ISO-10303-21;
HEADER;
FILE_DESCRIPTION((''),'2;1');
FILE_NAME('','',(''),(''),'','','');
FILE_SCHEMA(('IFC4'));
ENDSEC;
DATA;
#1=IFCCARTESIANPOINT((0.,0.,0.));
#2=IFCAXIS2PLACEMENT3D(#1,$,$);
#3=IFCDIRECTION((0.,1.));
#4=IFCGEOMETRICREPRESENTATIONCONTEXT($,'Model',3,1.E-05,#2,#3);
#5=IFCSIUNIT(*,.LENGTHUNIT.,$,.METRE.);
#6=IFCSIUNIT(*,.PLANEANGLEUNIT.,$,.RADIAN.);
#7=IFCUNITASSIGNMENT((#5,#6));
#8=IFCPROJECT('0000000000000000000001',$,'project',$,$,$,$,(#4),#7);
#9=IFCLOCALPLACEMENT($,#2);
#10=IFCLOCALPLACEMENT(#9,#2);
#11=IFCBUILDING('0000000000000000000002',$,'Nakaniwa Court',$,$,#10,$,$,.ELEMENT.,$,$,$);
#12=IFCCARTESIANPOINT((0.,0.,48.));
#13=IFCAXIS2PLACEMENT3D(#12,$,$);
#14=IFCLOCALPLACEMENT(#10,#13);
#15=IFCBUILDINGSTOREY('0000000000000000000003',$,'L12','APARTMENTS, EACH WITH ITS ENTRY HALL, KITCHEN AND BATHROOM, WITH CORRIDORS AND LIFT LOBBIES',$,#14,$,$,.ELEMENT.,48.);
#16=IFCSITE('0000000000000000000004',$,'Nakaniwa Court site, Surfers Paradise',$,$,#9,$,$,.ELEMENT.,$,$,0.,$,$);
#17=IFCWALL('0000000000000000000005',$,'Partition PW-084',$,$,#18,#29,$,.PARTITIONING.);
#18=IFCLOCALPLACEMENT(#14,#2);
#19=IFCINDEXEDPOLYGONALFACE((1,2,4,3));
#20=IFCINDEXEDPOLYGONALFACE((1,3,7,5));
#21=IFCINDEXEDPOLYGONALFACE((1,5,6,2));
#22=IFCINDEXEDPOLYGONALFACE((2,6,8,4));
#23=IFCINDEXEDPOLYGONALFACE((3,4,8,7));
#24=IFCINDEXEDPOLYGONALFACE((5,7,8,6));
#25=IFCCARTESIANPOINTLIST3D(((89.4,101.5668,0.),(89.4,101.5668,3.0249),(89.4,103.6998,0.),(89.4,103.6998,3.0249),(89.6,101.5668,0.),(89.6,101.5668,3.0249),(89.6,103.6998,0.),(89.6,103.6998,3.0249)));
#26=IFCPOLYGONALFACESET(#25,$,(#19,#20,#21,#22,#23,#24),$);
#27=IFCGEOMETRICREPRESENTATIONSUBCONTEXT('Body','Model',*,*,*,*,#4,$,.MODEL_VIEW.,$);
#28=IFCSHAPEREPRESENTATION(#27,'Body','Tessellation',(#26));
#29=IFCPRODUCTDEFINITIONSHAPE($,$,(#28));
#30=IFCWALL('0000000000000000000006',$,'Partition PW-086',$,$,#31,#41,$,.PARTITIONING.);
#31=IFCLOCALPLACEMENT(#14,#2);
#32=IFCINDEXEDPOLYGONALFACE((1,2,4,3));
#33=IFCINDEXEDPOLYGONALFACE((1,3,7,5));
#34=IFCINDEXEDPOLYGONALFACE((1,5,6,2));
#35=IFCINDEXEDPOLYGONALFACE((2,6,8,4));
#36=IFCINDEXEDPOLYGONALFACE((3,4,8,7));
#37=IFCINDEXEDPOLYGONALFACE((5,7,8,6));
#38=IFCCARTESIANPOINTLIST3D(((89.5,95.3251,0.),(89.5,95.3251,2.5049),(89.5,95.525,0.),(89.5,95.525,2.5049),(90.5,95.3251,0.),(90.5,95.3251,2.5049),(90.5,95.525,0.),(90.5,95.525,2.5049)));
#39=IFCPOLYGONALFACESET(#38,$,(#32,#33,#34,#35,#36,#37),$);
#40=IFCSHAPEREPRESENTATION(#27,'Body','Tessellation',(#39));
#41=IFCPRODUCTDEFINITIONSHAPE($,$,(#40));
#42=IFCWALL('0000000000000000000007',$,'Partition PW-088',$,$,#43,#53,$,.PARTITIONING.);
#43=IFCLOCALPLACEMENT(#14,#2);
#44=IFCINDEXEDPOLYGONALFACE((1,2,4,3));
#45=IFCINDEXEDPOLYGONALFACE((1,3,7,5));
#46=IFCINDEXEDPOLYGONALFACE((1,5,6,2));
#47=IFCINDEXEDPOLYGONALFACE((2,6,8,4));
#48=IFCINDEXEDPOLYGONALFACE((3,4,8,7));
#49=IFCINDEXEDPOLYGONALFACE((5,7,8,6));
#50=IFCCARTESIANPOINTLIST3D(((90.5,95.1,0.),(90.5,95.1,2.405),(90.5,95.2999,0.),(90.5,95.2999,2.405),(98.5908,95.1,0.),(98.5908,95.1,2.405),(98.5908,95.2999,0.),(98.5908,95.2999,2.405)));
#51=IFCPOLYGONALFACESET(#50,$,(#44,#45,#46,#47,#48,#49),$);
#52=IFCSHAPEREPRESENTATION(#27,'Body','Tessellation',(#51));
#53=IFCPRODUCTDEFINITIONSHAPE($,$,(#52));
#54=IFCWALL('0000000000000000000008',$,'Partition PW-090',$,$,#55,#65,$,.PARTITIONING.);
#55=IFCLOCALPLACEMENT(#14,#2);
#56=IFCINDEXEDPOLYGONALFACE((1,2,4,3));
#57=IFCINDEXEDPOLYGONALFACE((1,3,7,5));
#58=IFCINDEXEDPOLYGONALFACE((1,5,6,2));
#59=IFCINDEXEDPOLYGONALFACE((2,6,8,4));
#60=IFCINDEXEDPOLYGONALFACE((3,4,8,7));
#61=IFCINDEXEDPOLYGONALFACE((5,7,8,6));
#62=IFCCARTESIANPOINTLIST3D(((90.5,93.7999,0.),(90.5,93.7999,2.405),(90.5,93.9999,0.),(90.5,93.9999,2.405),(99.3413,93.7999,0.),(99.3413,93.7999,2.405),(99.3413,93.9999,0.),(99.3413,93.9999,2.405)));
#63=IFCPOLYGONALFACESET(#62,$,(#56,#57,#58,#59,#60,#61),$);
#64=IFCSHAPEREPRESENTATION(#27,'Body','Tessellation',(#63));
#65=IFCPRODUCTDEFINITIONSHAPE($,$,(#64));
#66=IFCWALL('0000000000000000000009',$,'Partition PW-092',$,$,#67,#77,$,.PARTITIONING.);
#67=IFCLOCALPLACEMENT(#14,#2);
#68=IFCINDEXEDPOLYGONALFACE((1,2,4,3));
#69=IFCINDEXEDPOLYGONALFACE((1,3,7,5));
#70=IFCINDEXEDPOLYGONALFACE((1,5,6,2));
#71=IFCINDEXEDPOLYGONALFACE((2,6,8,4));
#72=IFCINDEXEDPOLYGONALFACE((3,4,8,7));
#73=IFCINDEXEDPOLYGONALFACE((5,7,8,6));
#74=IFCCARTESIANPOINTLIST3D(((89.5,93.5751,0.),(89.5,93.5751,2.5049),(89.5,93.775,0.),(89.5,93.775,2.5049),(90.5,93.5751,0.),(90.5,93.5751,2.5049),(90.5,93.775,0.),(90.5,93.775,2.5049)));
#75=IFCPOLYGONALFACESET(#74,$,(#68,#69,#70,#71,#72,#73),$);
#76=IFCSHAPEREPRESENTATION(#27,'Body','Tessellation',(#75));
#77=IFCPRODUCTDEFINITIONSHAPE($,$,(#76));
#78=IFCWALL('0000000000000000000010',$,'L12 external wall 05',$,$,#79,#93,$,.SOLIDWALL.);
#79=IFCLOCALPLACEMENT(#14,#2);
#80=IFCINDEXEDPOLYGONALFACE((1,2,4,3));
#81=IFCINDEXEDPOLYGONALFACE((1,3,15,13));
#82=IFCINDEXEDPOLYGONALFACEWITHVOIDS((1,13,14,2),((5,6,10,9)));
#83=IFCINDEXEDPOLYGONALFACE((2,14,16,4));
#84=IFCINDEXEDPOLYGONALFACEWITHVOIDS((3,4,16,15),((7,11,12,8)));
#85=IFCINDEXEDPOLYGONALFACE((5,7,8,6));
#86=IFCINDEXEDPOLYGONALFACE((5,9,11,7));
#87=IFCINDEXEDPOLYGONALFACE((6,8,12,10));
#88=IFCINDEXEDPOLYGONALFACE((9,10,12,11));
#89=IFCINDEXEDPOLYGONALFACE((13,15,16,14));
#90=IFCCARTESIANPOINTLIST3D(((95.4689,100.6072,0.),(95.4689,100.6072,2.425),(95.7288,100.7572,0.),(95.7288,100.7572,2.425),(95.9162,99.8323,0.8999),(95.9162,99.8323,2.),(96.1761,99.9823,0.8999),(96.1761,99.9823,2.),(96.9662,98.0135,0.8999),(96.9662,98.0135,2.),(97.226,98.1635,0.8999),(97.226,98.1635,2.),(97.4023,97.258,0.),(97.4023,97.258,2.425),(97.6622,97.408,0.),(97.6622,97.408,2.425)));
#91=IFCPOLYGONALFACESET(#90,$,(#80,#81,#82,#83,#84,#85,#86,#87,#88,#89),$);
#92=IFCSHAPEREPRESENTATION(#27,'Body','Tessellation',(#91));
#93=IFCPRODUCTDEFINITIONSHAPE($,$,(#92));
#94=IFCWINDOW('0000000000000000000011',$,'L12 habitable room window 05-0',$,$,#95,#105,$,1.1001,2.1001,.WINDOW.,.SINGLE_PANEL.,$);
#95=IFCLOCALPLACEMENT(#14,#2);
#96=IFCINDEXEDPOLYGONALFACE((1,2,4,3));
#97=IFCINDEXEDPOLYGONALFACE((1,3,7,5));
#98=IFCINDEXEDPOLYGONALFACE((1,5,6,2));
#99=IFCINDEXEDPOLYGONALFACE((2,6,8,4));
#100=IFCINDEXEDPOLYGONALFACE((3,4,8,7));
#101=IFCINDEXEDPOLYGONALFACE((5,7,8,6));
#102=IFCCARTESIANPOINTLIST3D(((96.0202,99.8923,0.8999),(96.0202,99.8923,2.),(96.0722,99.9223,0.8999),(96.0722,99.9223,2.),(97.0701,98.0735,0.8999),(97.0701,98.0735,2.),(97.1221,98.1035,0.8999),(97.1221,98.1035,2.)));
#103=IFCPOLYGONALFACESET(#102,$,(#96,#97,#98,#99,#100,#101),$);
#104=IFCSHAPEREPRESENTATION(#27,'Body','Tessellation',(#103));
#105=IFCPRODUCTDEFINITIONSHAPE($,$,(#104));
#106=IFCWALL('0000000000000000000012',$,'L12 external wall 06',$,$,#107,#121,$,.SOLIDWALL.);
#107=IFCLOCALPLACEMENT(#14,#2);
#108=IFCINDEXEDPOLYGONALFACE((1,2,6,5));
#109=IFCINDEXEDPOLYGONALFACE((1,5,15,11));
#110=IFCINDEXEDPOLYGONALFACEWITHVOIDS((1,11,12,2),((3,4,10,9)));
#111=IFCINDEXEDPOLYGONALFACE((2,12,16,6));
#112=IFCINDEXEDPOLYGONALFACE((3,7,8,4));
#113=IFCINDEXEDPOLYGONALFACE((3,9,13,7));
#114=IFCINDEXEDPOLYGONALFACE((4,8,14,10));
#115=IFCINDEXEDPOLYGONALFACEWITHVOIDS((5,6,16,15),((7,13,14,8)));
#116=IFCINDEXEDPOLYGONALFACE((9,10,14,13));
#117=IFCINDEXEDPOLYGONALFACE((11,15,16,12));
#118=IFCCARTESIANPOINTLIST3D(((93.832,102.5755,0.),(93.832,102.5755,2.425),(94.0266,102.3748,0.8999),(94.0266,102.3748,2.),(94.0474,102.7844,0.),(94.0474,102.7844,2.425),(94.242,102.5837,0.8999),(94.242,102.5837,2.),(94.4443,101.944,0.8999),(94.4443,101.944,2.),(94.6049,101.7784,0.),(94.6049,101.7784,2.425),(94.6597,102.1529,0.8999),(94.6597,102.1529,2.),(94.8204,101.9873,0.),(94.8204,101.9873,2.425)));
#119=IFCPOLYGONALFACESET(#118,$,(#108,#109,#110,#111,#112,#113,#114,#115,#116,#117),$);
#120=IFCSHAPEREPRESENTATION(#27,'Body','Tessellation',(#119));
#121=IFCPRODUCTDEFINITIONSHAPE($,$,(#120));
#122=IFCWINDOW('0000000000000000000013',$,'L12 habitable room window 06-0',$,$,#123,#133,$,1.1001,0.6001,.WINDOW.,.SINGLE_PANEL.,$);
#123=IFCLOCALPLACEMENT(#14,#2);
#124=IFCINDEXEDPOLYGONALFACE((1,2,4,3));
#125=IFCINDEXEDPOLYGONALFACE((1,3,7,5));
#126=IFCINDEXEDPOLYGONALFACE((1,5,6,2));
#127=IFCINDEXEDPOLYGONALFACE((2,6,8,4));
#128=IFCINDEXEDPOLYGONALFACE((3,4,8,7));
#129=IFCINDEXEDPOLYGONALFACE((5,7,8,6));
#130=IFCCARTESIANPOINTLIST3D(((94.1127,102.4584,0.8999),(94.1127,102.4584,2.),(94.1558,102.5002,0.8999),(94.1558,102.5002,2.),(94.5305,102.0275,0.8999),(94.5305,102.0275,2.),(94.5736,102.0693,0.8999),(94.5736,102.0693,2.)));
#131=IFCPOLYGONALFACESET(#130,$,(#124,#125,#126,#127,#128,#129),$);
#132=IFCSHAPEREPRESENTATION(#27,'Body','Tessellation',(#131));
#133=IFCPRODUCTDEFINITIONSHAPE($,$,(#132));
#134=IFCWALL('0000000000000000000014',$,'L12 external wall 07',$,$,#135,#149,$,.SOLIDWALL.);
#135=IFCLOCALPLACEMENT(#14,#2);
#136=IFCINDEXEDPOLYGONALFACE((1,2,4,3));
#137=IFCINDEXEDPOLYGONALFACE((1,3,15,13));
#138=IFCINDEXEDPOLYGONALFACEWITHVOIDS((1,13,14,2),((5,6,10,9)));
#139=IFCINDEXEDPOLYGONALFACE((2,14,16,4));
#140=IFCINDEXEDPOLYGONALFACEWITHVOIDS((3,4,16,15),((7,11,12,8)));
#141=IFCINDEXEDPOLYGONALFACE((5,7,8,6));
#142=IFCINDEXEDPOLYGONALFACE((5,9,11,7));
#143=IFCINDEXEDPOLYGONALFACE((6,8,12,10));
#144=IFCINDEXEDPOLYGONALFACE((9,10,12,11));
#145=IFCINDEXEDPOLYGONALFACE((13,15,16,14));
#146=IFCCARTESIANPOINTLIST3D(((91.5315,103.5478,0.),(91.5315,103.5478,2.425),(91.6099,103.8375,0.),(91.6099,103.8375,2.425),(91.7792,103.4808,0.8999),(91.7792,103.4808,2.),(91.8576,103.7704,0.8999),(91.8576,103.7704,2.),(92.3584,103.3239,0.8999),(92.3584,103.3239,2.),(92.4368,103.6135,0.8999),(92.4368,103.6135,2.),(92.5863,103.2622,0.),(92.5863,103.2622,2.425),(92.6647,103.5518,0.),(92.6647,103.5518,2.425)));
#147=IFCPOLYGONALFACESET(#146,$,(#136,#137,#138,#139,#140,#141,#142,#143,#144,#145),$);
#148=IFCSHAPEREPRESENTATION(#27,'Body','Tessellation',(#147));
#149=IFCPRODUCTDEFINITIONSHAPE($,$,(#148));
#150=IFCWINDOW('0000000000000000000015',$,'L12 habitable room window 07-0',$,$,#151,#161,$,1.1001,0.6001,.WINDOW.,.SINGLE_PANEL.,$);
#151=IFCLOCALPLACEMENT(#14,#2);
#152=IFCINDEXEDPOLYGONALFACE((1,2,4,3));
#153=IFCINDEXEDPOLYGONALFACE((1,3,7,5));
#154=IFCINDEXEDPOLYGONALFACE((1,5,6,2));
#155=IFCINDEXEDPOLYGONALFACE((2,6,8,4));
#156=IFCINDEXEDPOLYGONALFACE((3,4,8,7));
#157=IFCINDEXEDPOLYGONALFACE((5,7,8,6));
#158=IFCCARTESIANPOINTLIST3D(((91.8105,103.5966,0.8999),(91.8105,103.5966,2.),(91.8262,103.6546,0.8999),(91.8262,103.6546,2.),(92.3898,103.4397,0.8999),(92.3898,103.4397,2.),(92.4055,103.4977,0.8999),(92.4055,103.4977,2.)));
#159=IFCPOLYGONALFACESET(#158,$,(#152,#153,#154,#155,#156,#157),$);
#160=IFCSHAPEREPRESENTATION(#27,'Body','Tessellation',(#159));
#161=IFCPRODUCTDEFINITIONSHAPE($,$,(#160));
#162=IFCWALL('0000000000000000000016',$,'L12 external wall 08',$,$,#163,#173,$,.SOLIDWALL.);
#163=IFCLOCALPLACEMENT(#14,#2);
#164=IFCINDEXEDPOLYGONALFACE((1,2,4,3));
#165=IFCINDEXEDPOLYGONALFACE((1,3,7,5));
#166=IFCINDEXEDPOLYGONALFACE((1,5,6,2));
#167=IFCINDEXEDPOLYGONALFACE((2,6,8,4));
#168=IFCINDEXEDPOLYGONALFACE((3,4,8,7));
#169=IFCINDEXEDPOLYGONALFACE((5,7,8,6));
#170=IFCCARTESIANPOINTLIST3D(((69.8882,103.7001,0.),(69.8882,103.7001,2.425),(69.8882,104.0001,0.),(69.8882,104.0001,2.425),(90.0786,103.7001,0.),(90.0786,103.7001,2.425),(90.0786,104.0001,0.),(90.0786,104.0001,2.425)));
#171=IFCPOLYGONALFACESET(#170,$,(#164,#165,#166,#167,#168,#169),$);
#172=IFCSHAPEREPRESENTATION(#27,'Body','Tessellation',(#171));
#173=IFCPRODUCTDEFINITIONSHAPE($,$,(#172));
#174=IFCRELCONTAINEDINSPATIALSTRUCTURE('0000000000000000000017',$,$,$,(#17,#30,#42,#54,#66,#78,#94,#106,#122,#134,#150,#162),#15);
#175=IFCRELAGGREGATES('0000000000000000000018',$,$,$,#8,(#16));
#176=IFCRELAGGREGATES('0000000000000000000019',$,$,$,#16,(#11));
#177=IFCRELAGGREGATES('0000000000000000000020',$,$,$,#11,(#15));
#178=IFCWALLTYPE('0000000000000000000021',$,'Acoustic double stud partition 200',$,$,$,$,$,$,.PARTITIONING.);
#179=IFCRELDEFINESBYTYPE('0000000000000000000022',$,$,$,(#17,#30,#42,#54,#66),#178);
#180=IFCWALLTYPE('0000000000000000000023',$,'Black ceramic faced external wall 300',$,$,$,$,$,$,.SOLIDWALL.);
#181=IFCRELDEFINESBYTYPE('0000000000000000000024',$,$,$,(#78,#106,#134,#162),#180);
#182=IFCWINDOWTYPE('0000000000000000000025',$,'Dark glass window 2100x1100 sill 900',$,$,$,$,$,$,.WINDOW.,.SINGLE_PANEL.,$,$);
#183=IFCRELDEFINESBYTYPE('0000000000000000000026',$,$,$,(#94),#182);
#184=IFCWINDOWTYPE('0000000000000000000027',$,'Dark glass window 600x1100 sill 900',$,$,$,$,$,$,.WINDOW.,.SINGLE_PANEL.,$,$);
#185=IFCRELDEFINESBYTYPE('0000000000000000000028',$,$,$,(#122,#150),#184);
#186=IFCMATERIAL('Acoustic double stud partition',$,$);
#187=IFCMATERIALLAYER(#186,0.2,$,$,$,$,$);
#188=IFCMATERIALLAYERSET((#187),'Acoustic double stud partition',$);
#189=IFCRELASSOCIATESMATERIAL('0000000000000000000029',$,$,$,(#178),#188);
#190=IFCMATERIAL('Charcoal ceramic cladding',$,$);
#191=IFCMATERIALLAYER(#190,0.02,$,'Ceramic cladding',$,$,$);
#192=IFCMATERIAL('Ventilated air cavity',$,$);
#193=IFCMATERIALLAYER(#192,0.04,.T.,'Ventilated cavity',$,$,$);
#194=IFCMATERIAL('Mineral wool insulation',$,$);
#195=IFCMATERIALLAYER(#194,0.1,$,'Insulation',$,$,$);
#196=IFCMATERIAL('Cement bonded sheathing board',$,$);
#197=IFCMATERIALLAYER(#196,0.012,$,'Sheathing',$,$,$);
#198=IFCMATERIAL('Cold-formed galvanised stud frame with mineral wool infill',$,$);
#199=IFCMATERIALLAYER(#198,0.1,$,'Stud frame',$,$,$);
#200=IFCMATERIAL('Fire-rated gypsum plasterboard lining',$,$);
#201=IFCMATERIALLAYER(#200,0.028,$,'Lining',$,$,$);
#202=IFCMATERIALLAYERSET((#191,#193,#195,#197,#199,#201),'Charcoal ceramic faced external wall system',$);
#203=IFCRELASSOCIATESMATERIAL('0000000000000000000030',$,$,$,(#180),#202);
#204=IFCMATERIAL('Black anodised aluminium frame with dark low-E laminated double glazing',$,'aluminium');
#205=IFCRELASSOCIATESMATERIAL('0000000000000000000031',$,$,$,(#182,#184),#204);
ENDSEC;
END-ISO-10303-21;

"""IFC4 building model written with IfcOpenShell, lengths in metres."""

from ifc_helpers import new_model, si_unit, direction, frame, frame_2d, origin, place, context, subcontext, project, spatial, rectangle, extrude, material, layer, layer_set, type_object, element, fill, save


model = new_model("IFC4")

# Units and contexts
model_context = context("Model", 3, precision=1e-05, world=origin(), true_north=direction((0.0, 1.0)))
body_context = subcontext(model_context, "Body", "Model", "MODEL_VIEW")
ifc_project = project(units=[si_unit("LENGTHUNIT", "METRE"), si_unit("PLANEANGLEUNIT", "RADIAN")], contexts=[model_context])

# Site, building, storey
site_placement = place(None, origin())
site = spatial("IfcSite", under=ifc_project, at=site_placement, Name="Nakaniwa Court site, Surfers Paradise", CompositionType="ELEMENT", RefElevation=0.0)
building_placement = place(site_placement, origin())
building = spatial("IfcBuilding", under=site, at=building_placement, Name="Nakaniwa Court", CompositionType="ELEMENT")
storey_placement = place(building_placement, frame((0.0, 0.0, 48.0)))
storey = spatial("IfcBuildingStorey", under=building, at=storey_placement, Name="L12", Description="APARTMENTS, EACH WITH ITS ENTRY HALL, KITCHEN AND BATHROOM, WITH CORRIDORS AND LIFT LOBBIES", CompositionType="ELEMENT", Elevation=48.0)

# Shared definitions
ifc_material_1 = material(Name="Acoustic double stud partition")
ifc_layer_1 = layer(ifc_material_1, 0.2)
ifc_layer_set_1 = layer_set([ifc_layer_1], Name="Acoustic double stud partition")
wall_type_1 = type_object("IfcWallType", Name="Acoustic double stud partition 200", PredefinedType="PARTITIONING", material=ifc_layer_set_1)

# Walls
wall_1_placement = place(storey_placement, frame((89.5, 101.5669, 0.0), z_axis=(0.0, 0.0, 1.0), x_axis=(0.0, 1.0, 0.0)))
element("IfcWall", 1, at=wall_1_placement, inside=storey, type_object=wall_type_1, Name="Partition PW-084", PredefinedType="PARTITIONING", context=body_context, shape_type="SweptSolid", body=[
    extrude(rectangle(XDim=2.1331, YDim=0.2, at=frame_2d((1.0664, 0.0))), origin(), (0.0, 0.0, 1.0), 3.0249),
])
wall_2_placement = place(storey_placement, frame((89.5, 95.425, 0.0), z_axis=(0.0, 0.0, 1.0), x_axis=(1.0, 0.0, 0.0)))
element("IfcWall", 2, at=wall_2_placement, inside=storey, type_object=wall_type_1, Name="Partition PW-086", PredefinedType="PARTITIONING", context=body_context, shape_type="SweptSolid", body=[
    extrude(rectangle(XDim=1.0, YDim=0.2, at=frame_2d((0.5, 0.0))), origin(), (0.0, 0.0, 1.0), 2.5049),
])
wall_3_placement = place(storey_placement, frame((90.5, 95.2, 0.0), z_axis=(0.0, 0.0, 1.0), x_axis=(1.0, 0.0, 0.0)))
element("IfcWall", 3, at=wall_3_placement, inside=storey, type_object=wall_type_1, Name="Partition PW-088", PredefinedType="PARTITIONING", context=body_context, shape_type="SweptSolid", body=[
    extrude(rectangle(XDim=8.0908, YDim=0.2, at=frame_2d((4.0454, 0.0))), origin(), (0.0, 0.0, 1.0), 2.405),
])
wall_4_placement = place(storey_placement, frame((90.5, 93.8999, 0.0), z_axis=(0.0, 0.0, 1.0), x_axis=(1.0, 0.0, 0.0)))
element("IfcWall", 4, at=wall_4_placement, inside=storey, type_object=wall_type_1, Name="Partition PW-090", PredefinedType="PARTITIONING", context=body_context, shape_type="SweptSolid", body=[
    extrude(rectangle(XDim=8.8413, YDim=0.2, at=frame_2d((4.4207, 0.0))), origin(), (0.0, 0.0, 1.0), 2.405),
])
wall_5_placement = place(storey_placement, frame((89.5, 93.675, 0.0), z_axis=(0.0, 0.0, 1.0), x_axis=(1.0, 0.0, 0.0)))
element("IfcWall", 5, at=wall_5_placement, inside=storey, type_object=wall_type_1, Name="Partition PW-092", PredefinedType="PARTITIONING", context=body_context, shape_type="SweptSolid", body=[
    extrude(rectangle(XDim=1.0, YDim=0.2, at=frame_2d((0.5, 0.0))), origin(), (0.0, 0.0, 1.0), 2.5049),
])

# Walls, openings, windows
ifc_material_2 = material(Name="Charcoal ceramic cladding")
ifc_layer_2 = layer(ifc_material_2, 0.02, Name="Ceramic cladding")
ifc_material_3 = material(Name="Ventilated air cavity")
ifc_layer_3 = layer(ifc_material_3, 0.04, ventilated=True, Name="Ventilated cavity")
ifc_material_4 = material(Name="Mineral wool insulation")
ifc_layer_4 = layer(ifc_material_4, 0.1, Name="Insulation")
ifc_material_5 = material(Name="Cement bonded sheathing board")
ifc_layer_5 = layer(ifc_material_5, 0.012, Name="Sheathing")
ifc_material_6 = material(Name="Cold-formed galvanised stud frame with mineral wool infill")
ifc_layer_6 = layer(ifc_material_6, 0.1, Name="Stud frame")
ifc_material_7 = material(Name="Fire-rated gypsum plasterboard lining")
ifc_layer_7 = layer(ifc_material_7, 0.028, Name="Lining")
ifc_layer_set_2 = layer_set([ifc_layer_2, ifc_layer_3, ifc_layer_4, ifc_layer_5, ifc_layer_6, ifc_layer_7], Name="Charcoal ceramic faced external wall system")
wall_type_2 = type_object("IfcWallType", Name="Black ceramic faced external wall 300", PredefinedType="SOLIDWALL", material=ifc_layer_set_2)
wall_6_placement = place(storey_placement, frame((97.5322, 97.333, 0.0), z_axis=(0.0, 0.0, 1.0), x_axis=(-0.499948, 0.866055, 0.0)))
wall_6 = element("IfcWall", 6, at=wall_6_placement, inside=storey, type_object=wall_type_2, Name="L12 external wall 05", PredefinedType="SOLIDWALL", context=body_context, shape_type="SweptSolid", body=[
    extrude(rectangle(XDim=3.8672, YDim=0.3, at=frame_2d((1.9336, 0.0))), origin(), (0.0, 0.0, 1.0), 2.425),
])
opening_1_placement = place(wall_6_placement, frame((0.8723, 0.0, 0.8999)))
opening_1 = element("IfcOpeningElement", 7, at=opening_1_placement, cuts=wall_6, PredefinedType="OPENING", context=body_context, shape_type="SweptSolid", body=[
    extrude(rectangle(XDim=2.1001, YDim=1.1001, at=frame_2d((1.05, 0.55))), frame((0.0, 0.1599, 0.0), z_axis=(0.0, -1.0, 0.0), x_axis=(1.0, 0.0, 0.0)), (0.0, 0.0, 1.0), 0.3201),
])
ifc_material_8 = material(Name="Black anodised aluminium frame with dark low-E laminated double glazing", Category="aluminium")
window_type_1 = type_object("IfcWindowType", Name="Dark glass window 2100x1100 sill 900", PartitioningType="SINGLE_PANEL", PredefinedType="WINDOW", material=ifc_material_8)
window_1_placement = place(opening_1_placement, origin())
window_1 = element("IfcWindow", 8, at=window_1_placement, inside=storey, type_object=window_type_1, Name="L12 habitable room window 05-0", OverallHeight=1.1001, OverallWidth=2.1001, PartitioningType="SINGLE_PANEL", PredefinedType="WINDOW", context=body_context, shape_type="SweptSolid", body=[
    extrude(rectangle(XDim=2.1001, YDim=1.1001, at=frame_2d((1.05, 0.55))), frame((0.0, 0.03, 0.0), z_axis=(0.0, -1.0, 0.0), x_axis=(1.0, 0.0, 0.0)), (0.0, 0.0, 1.0), 0.0601),
])
fill(opening_1, window_1)
wall_7_placement = place(storey_placement, frame((94.7126, 101.8828, 0.0), z_axis=(0.0, 0.0, 1.0), x_axis=(-0.696139, 0.717907, 0.0)))
wall_7 = element("IfcWall", 9, at=wall_7_placement, inside=storey, type_object=wall_type_2, Name="L12 external wall 06", PredefinedType="SOLIDWALL", context=body_context, shape_type="SweptSolid", body=[
    extrude(rectangle(XDim=1.1104, YDim=0.3, at=frame_2d((0.5552, 0.0))), origin(), (0.0, 0.0, 1.0), 2.425),
])
opening_2_placement = place(wall_7_placement, frame((0.2307, 0.0, 0.8999)))
opening_2 = element("IfcOpeningElement", 10, at=opening_2_placement, cuts=wall_7, PredefinedType="OPENING", context=body_context, shape_type="SweptSolid", body=[
    extrude(rectangle(XDim=0.6001, YDim=1.1001, at=frame_2d((0.3, 0.55))), frame((0.0, 0.1599, 0.0), z_axis=(0.0, -1.0, 0.0), x_axis=(1.0, 0.0, 0.0)), (0.0, 0.0, 1.0), 0.3201),
])
window_type_2 = type_object("IfcWindowType", Name="Dark glass window 600x1100 sill 900", PartitioningType="SINGLE_PANEL", PredefinedType="WINDOW", material=ifc_material_8)
window_2_placement = place(opening_2_placement, origin())
window_2 = element("IfcWindow", 11, at=window_2_placement, inside=storey, type_object=window_type_2, Name="L12 habitable room window 06-0", OverallHeight=1.1001, OverallWidth=0.6001, PartitioningType="SINGLE_PANEL", PredefinedType="WINDOW", context=body_context, shape_type="SweptSolid", body=[
    extrude(rectangle(XDim=0.6001, YDim=1.1001, at=frame_2d((0.3, 0.55))), frame((0.0, 0.03, 0.0), z_axis=(0.0, -1.0, 0.0), x_axis=(1.0, 0.0, 0.0)), (0.0, 0.0, 1.0), 0.0601),
])
fill(opening_2, window_2)
wall_8_placement = place(storey_placement, frame((92.6255, 103.407, 0.0), z_axis=(0.0, 0.0, 1.0), x_axis=(-0.965226, 0.261415, 0.0)))
wall_8 = element("IfcWall", 12, at=wall_8_placement, inside=storey, type_object=wall_type_2, Name="L12 external wall 07", PredefinedType="SOLIDWALL", context=body_context, shape_type="SweptSolid", body=[
    extrude(rectangle(XDim=1.0928, YDim=0.3, at=frame_2d((0.5464, 0.0))), origin(), (0.0, 0.0, 1.0), 2.425),
])
opening_3_placement = place(wall_8_placement, frame((0.2361, 0.0, 0.8999)))
opening_3 = element("IfcOpeningElement", 13, at=opening_3_placement, cuts=wall_8, PredefinedType="OPENING", context=body_context, shape_type="SweptSolid", body=[
    extrude(rectangle(XDim=0.6001, YDim=1.1001, at=frame_2d((0.3, 0.55))), frame((0.0, 0.1599, 0.0), z_axis=(0.0, -1.0, 0.0), x_axis=(1.0, 0.0, 0.0)), (0.0, 0.0, 1.0), 0.3201),
])
window_3_placement = place(opening_3_placement, origin())
window_3 = element("IfcWindow", 14, at=window_3_placement, inside=storey, type_object=window_type_2, Name="L12 habitable room window 07-0", OverallHeight=1.1001, OverallWidth=0.6001, PartitioningType="SINGLE_PANEL", PredefinedType="WINDOW", context=body_context, shape_type="SweptSolid", body=[
    extrude(rectangle(XDim=0.6001, YDim=1.1001, at=frame_2d((0.3, 0.55))), frame((0.0, 0.03, 0.0), z_axis=(0.0, -1.0, 0.0), x_axis=(1.0, 0.0, 0.0)), (0.0, 0.0, 1.0), 0.0601),
])
fill(opening_3, window_3)

# Wall
wall_9_placement = place(storey_placement, frame((90.0786, 103.8501, 0.0), z_axis=(0.0, 0.0, 1.0), x_axis=(-1.0, 0.0, 0.0)))
element("IfcWall", 15, at=wall_9_placement, inside=storey, type_object=wall_type_2, Name="L12 external wall 08", PredefinedType="SOLIDWALL", context=body_context, shape_type="SweptSolid", body=[
    extrude(rectangle(XDim=20.1904, YDim=0.3, at=frame_2d((10.0952, 0.0))), origin(), (0.0, 0.0, 1.0), 2.425),
])

save(model, "model.ifc")
